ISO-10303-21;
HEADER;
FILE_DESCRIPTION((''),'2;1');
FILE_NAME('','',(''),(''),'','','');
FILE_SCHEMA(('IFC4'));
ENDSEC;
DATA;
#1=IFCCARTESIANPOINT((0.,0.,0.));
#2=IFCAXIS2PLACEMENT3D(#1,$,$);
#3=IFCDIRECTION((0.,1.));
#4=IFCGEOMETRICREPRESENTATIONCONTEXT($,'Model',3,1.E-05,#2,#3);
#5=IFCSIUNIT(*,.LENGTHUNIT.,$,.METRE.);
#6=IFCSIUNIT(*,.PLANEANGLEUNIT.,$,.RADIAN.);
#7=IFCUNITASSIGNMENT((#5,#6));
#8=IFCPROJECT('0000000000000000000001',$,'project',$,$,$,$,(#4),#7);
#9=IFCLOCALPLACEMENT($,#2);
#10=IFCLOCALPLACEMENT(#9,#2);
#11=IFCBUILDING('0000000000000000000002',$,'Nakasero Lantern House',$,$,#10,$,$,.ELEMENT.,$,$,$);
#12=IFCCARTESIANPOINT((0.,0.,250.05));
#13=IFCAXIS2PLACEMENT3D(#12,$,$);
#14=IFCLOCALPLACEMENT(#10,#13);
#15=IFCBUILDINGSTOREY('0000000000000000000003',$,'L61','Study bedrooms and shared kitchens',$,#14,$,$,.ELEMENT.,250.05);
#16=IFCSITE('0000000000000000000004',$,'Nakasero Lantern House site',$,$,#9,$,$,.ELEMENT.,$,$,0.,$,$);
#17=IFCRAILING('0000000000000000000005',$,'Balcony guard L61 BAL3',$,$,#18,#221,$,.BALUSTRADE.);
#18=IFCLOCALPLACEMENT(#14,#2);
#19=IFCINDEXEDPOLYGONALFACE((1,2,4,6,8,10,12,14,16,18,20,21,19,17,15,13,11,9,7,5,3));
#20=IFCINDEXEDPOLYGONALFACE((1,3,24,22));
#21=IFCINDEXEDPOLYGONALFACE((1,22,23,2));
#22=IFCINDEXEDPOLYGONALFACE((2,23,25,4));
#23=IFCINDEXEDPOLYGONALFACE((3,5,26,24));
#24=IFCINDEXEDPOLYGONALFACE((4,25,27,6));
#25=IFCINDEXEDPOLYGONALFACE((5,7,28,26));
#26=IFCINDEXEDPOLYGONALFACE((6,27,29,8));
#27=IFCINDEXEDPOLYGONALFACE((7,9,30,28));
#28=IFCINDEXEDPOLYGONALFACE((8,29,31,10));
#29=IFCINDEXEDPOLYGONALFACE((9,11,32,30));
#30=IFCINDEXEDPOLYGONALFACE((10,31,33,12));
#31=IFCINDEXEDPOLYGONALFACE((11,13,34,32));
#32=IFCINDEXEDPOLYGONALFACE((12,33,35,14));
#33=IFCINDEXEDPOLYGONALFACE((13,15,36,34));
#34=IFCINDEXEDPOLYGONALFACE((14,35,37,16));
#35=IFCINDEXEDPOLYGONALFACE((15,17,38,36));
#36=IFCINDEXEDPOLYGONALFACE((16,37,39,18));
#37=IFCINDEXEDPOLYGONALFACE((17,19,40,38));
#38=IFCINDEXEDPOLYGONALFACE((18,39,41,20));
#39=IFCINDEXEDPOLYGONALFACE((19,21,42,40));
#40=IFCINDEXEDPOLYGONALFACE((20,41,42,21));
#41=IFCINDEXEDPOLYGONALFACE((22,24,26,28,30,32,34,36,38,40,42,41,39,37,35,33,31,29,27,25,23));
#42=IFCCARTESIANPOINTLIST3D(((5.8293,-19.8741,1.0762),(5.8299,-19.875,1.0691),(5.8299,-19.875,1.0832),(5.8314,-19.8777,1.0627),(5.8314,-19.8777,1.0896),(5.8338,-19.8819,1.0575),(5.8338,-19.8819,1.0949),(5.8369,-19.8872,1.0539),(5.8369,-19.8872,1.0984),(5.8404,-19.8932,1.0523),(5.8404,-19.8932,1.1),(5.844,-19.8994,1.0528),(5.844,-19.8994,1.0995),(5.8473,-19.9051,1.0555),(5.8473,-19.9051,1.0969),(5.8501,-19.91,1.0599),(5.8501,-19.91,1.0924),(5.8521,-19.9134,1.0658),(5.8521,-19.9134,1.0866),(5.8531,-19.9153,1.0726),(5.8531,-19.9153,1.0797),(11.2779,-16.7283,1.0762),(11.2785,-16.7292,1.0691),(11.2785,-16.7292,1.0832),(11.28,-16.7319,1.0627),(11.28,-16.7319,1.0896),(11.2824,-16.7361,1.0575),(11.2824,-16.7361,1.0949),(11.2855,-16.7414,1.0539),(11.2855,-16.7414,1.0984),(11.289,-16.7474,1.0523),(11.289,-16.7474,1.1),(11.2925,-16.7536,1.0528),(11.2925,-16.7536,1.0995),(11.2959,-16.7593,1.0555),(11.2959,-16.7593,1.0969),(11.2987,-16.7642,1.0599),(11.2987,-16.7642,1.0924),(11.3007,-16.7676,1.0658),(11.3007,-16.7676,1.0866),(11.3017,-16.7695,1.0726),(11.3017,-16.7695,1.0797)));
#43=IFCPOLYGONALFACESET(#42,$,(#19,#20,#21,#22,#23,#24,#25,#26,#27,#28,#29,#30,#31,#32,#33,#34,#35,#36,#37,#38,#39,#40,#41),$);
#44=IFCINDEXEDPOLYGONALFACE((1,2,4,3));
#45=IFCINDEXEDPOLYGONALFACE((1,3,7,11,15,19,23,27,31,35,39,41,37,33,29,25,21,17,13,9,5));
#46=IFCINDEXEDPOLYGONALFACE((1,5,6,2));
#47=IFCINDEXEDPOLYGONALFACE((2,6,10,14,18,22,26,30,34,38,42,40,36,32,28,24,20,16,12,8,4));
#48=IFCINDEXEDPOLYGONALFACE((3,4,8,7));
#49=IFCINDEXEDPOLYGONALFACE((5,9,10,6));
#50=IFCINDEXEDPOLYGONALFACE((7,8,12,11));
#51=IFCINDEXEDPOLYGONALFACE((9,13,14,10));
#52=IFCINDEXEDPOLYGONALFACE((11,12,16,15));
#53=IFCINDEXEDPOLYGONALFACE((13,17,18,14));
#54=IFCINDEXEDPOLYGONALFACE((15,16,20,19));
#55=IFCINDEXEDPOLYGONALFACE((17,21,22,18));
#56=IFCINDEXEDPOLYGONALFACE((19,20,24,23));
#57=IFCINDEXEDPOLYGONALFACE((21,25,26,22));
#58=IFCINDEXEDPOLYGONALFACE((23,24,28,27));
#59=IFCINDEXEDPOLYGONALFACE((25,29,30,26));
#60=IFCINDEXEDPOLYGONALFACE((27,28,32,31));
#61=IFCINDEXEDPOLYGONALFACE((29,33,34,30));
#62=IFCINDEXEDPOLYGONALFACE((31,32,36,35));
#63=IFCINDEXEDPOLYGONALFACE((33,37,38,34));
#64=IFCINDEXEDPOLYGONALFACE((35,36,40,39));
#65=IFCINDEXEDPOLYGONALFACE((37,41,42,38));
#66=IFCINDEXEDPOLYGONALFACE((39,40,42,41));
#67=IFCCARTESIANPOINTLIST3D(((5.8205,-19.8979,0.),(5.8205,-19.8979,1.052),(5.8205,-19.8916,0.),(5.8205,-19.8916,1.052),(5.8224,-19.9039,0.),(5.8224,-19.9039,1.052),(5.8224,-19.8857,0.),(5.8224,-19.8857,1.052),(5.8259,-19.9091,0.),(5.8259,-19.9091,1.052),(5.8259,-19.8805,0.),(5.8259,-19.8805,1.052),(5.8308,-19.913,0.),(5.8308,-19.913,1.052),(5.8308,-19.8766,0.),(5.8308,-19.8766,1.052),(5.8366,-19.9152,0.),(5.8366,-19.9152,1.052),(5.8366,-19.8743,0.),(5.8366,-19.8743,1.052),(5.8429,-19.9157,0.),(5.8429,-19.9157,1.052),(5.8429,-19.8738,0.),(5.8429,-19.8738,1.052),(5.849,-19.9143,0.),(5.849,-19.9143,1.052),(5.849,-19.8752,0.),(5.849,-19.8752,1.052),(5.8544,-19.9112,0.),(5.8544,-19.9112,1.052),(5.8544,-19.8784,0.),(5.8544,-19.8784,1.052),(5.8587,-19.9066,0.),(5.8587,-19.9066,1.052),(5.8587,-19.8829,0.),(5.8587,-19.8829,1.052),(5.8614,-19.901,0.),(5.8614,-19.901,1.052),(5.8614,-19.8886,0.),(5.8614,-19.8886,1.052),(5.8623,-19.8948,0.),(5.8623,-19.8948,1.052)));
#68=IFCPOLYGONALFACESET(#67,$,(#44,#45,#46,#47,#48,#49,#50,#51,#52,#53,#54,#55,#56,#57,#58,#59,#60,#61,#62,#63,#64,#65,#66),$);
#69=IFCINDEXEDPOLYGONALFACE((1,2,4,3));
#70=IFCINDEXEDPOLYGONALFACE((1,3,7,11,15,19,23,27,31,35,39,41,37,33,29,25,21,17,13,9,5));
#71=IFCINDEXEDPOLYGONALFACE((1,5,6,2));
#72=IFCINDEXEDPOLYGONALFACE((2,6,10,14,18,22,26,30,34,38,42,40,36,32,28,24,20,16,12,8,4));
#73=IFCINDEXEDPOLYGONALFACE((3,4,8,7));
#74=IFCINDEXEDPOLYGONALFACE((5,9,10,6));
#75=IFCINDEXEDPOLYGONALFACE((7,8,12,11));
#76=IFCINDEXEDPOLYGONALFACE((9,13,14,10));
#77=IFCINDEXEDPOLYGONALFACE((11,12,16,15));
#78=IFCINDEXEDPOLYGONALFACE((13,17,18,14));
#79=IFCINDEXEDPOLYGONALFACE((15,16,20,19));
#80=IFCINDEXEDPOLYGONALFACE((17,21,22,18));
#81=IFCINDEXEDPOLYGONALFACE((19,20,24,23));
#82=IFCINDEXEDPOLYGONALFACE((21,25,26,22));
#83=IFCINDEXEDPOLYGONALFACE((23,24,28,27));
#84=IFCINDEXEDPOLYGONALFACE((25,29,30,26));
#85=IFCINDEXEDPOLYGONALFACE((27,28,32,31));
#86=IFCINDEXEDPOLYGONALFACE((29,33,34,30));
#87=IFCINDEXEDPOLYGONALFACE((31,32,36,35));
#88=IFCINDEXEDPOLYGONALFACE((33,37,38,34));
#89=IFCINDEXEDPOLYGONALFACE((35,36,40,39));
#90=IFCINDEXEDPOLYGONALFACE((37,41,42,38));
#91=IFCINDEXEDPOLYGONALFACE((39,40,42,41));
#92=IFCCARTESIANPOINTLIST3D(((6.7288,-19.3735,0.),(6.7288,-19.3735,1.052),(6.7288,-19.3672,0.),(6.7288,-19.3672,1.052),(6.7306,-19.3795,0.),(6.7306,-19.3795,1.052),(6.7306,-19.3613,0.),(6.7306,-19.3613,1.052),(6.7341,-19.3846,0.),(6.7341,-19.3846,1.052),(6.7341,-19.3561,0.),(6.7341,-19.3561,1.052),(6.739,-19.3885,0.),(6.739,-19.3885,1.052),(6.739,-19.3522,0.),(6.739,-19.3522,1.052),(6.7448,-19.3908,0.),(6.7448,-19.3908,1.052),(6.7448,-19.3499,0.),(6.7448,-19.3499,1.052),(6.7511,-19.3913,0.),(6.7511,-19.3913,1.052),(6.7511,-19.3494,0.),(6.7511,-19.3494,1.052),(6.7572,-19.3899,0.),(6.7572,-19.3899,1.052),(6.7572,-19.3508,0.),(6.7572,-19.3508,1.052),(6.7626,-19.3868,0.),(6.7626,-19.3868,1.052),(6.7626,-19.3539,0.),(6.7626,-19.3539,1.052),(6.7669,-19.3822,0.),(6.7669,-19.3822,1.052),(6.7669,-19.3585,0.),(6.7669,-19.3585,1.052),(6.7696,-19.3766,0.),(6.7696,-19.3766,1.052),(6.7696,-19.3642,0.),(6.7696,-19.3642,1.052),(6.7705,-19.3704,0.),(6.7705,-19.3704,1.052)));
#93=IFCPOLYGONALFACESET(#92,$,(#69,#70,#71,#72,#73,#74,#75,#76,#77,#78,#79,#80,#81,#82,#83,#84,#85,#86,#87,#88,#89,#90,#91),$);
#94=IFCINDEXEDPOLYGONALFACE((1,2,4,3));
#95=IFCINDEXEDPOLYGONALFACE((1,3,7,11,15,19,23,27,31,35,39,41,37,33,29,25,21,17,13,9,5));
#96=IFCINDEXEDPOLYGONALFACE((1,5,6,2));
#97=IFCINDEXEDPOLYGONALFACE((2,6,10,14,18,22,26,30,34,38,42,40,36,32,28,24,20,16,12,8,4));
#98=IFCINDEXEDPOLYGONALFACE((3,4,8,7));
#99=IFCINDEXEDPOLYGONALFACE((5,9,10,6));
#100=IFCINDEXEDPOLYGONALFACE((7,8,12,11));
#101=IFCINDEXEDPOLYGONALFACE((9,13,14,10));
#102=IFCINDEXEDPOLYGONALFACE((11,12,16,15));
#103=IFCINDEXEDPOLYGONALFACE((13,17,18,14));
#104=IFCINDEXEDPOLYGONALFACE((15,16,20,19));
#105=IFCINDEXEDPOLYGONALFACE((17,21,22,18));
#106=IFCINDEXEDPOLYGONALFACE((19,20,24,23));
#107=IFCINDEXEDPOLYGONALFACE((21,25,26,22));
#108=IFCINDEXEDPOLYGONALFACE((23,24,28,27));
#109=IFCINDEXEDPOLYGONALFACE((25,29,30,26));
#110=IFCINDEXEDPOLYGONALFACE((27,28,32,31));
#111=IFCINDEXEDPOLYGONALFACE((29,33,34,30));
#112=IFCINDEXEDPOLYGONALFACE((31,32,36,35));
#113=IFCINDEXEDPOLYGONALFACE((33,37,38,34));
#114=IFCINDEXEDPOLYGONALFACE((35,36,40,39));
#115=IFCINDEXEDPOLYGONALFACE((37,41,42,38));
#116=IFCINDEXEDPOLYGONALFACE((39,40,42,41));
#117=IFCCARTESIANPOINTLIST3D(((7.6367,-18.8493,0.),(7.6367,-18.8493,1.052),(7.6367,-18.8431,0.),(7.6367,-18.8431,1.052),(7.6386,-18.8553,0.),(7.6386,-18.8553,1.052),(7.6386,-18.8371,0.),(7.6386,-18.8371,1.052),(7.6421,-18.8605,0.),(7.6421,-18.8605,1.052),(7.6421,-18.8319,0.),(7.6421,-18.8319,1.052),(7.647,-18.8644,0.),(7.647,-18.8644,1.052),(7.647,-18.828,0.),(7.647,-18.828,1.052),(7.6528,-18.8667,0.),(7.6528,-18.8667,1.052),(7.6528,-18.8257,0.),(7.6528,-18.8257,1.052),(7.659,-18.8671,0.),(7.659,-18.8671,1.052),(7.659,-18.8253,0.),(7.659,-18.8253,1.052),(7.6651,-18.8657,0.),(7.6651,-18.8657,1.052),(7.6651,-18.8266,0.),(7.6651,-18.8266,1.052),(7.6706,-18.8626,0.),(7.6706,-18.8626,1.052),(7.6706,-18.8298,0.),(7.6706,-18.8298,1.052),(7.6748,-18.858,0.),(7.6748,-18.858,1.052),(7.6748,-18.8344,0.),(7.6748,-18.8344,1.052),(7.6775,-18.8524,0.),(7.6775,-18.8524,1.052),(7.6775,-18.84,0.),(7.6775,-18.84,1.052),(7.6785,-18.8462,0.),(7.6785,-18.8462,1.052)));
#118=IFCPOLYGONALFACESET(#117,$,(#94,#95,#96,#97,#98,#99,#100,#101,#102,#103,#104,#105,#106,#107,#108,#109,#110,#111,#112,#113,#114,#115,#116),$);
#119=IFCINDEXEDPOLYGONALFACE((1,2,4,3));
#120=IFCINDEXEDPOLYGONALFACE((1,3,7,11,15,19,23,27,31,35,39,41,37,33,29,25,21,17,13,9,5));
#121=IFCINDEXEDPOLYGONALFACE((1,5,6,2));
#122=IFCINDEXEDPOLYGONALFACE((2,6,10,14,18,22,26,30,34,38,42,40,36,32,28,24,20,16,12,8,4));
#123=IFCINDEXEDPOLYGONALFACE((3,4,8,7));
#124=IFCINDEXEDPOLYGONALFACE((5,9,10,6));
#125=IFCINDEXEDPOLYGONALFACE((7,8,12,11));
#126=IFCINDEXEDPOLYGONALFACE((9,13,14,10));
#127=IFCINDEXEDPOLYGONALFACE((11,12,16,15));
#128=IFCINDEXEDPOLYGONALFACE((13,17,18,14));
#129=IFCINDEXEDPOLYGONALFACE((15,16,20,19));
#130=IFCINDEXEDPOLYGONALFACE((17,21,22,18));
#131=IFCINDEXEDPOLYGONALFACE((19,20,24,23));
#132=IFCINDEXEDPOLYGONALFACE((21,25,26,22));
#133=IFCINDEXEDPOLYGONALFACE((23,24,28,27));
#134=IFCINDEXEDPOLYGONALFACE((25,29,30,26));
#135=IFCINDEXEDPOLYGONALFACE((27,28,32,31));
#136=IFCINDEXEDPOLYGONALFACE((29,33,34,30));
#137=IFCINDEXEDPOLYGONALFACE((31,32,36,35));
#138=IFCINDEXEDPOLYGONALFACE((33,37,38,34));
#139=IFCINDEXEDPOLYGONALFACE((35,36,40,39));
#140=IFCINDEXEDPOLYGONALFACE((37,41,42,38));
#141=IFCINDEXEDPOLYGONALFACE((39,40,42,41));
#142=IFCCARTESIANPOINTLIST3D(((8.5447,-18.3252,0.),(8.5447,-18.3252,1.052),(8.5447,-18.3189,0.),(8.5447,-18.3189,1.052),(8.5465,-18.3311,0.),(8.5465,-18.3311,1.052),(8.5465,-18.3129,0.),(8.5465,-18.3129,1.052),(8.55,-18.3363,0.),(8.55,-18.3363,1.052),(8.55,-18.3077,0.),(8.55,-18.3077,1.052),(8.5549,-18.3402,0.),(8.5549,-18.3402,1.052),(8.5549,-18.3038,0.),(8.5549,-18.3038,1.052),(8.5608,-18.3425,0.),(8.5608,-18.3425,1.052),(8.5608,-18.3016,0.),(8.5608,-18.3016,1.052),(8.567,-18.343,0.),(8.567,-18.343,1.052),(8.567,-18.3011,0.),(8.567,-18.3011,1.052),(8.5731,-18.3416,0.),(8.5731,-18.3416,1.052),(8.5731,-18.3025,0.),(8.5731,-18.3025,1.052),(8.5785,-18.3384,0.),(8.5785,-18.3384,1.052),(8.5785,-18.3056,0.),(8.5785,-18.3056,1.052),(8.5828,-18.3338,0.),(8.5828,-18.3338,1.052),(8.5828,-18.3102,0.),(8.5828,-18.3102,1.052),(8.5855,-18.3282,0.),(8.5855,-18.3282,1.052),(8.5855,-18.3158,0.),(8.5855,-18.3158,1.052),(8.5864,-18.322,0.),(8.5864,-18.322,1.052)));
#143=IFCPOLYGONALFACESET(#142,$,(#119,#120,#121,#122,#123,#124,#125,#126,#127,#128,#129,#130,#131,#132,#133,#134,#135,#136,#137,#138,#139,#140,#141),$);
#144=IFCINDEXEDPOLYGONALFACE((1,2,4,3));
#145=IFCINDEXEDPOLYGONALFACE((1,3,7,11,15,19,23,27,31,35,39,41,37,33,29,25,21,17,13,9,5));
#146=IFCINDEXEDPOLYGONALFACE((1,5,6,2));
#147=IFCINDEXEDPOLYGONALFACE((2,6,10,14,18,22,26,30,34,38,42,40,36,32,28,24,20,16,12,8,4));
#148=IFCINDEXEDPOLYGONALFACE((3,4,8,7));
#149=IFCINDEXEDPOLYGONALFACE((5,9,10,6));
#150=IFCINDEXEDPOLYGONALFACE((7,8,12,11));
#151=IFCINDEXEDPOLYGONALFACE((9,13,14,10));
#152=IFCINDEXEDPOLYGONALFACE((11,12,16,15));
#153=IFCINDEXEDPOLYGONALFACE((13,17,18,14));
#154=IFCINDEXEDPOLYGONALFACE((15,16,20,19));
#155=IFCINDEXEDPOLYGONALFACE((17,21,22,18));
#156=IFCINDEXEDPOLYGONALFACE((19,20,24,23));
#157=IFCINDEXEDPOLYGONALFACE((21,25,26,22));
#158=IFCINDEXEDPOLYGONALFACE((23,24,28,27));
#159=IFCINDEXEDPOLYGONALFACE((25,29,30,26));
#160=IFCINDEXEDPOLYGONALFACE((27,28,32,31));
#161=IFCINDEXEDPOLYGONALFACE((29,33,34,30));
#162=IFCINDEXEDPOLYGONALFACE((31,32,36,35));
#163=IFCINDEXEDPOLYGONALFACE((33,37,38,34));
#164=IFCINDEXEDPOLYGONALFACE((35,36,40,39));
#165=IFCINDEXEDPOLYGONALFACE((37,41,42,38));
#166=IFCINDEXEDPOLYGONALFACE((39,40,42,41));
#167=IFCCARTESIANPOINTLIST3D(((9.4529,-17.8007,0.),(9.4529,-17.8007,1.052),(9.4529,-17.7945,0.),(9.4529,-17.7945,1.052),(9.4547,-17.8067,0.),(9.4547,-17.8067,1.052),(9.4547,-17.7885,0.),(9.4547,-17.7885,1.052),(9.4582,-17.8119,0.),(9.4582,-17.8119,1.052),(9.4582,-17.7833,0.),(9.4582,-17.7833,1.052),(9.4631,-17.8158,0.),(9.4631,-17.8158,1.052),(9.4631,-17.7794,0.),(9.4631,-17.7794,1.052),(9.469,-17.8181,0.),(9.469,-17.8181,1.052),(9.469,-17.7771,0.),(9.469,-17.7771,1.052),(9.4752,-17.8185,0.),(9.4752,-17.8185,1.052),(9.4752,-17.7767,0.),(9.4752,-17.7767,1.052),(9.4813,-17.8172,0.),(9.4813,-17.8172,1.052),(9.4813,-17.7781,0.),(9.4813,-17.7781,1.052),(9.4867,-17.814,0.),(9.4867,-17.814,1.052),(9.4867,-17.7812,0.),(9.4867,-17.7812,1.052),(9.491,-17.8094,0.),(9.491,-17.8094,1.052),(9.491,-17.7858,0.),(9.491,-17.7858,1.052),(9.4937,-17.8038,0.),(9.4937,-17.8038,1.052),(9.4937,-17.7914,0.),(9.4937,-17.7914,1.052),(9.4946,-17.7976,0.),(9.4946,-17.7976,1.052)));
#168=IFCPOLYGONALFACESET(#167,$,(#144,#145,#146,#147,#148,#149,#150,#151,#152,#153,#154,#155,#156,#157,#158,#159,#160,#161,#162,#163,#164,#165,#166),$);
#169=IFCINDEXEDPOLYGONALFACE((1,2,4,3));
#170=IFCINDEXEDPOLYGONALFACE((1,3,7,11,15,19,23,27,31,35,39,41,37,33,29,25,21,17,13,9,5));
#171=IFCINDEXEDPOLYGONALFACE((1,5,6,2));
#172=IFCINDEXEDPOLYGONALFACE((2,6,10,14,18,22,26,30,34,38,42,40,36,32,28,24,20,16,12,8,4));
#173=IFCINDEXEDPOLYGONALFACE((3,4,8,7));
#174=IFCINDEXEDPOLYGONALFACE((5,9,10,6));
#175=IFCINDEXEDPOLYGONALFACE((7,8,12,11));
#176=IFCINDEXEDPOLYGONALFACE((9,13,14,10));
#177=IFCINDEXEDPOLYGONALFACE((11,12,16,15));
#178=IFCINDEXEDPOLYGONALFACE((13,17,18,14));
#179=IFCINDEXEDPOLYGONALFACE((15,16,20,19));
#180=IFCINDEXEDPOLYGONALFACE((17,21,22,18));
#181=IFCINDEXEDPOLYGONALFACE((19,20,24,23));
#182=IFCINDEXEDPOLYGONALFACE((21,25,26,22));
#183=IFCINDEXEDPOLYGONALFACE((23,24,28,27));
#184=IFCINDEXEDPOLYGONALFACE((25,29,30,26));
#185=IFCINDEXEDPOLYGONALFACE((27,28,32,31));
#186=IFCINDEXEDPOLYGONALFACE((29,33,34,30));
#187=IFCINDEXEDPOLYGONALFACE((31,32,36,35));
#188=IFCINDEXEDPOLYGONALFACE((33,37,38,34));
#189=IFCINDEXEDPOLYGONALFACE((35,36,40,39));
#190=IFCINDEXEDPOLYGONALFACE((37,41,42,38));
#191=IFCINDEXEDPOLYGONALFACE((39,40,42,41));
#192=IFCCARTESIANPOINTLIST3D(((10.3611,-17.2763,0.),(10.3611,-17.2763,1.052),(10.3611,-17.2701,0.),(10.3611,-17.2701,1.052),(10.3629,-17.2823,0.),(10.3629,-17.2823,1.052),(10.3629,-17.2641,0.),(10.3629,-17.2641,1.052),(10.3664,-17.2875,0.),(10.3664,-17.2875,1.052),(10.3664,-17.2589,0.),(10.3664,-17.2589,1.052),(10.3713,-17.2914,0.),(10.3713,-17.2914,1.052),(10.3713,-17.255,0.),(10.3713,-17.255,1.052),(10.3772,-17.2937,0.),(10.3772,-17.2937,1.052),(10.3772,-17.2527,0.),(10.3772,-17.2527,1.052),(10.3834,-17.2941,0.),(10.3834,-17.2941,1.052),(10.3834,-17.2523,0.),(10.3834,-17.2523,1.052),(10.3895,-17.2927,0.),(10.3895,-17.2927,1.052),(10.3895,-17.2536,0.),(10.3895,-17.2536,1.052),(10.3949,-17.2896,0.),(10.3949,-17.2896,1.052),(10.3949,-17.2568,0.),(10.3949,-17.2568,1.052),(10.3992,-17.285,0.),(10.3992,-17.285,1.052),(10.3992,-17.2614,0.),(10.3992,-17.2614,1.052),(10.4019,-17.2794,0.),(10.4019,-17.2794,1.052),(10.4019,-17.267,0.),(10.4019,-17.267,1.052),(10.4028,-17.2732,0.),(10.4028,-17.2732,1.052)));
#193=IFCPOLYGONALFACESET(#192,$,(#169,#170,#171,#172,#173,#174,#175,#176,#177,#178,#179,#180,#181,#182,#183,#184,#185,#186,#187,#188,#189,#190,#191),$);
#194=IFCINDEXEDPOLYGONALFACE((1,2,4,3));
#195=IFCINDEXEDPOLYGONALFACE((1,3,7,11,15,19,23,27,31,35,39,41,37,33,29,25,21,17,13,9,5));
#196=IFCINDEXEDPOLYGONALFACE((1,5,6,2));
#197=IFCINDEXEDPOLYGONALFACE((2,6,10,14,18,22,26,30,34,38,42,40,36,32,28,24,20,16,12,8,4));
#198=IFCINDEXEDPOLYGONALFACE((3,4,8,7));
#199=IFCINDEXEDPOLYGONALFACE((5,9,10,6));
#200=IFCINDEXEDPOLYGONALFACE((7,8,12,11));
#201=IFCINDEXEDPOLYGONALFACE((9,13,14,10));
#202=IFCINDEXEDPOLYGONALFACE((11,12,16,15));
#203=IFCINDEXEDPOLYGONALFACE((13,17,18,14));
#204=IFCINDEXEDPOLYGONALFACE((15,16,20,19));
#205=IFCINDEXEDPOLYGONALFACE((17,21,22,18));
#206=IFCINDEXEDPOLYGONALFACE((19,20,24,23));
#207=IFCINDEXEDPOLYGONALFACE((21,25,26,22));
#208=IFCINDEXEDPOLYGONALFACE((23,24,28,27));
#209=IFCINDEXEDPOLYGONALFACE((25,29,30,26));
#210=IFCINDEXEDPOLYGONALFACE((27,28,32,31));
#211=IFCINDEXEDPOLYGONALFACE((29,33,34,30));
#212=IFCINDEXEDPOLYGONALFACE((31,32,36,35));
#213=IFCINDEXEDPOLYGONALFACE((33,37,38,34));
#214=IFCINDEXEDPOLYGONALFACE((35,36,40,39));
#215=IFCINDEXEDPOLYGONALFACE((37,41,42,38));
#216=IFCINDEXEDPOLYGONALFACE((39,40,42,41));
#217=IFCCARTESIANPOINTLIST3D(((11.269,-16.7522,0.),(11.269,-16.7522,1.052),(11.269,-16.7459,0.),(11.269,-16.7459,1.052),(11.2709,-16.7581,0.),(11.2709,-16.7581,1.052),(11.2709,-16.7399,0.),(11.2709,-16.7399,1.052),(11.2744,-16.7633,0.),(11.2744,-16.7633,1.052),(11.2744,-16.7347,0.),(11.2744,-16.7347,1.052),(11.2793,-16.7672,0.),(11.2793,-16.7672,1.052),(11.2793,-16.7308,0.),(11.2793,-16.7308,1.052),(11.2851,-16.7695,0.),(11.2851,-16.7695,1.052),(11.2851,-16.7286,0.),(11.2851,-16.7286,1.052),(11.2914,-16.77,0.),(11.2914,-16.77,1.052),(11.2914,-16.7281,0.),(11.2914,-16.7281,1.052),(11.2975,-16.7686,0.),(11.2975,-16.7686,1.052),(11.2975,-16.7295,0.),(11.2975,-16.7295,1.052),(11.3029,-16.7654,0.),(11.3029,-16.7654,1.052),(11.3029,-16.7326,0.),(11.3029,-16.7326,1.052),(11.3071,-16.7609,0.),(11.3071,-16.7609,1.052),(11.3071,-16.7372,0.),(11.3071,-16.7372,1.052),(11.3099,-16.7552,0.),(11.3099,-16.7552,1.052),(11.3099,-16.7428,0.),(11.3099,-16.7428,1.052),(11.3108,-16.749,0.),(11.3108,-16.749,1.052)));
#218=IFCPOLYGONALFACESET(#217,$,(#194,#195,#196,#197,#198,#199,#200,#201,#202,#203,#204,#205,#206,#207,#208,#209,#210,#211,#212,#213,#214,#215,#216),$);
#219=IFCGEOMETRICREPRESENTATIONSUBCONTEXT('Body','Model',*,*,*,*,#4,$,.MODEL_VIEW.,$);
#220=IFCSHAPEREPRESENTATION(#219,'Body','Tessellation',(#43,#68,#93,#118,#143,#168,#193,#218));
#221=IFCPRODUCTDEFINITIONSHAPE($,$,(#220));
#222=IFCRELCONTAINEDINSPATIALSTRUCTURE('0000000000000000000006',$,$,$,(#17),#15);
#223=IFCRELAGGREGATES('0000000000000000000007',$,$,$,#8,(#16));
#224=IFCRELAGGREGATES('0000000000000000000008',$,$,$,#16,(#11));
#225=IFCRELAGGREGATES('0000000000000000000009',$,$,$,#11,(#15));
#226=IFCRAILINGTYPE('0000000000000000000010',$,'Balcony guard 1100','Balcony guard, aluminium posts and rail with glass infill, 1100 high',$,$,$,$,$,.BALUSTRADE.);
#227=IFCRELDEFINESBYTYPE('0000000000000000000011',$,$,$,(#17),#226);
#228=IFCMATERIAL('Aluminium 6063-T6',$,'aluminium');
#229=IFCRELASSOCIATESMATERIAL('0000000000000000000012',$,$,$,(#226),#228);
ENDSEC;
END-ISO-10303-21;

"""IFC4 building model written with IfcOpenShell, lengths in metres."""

from ifc_helpers import new_model, si_unit, direction, frame, origin, origin_2d, place, context, subcontext, project, spatial, circle, extrude, material, type_object, element, save


model = new_model("IFC4")

# Units and contexts
model_context = context("Model", 3, precision=1e-05, world=origin(), true_north=direction((0.0, 1.0)))
body_context = subcontext(model_context, "Body", "Model", "MODEL_VIEW")
ifc_project = project(units=[si_unit("LENGTHUNIT", "METRE"), si_unit("PLANEANGLEUNIT", "RADIAN")], contexts=[model_context])

# Site, building, storey
site_placement = place(None, origin())
site = spatial("IfcSite", under=ifc_project, at=site_placement, Name="Nakasero Lantern House site", CompositionType="ELEMENT", RefElevation=0.0)
building_placement = place(site_placement, origin())
building = spatial("IfcBuilding", under=site, at=building_placement, Name="Nakasero Lantern House", CompositionType="ELEMENT")
storey_placement = place(building_placement, frame((0.0, 0.0, 250.05)))
storey = spatial("IfcBuildingStorey", under=building, at=storey_placement, Name="L61", Description="Study bedrooms and shared kitchens", CompositionType="ELEMENT", Elevation=250.05)

# Railing
ifc_material_1 = material(Name="Aluminium 6063-T6", Category="aluminium")
railing_type = type_object("IfcRailingType", Name="Balcony guard 1100", Description="Balcony guard, aluminium posts and rail with glass infill, 1100 high", PredefinedType="BALUSTRADE", material=ifc_material_1)
railing_placement = place(storey_placement, frame((5.8413, -19.8948, 0.0)))
element("IfcRailing", 1, at=railing_placement, inside=storey, type_object=railing_type, Name="Balcony guard L61 BAL3", PredefinedType="BALUSTRADE", context=body_context, shape_type="SweptSolid", body=[
    extrude(circle(Radius=0.0239, at=origin_2d()), frame((0.0, 0.0, 1.0762), z_axis=(0.866021, 0.500008, 0.0), x_axis=(-0.500008, 0.866021, 0.0)), (0.0, 0.0, 1.0), 6.2915),
    extrude(circle(Radius=0.021, at=origin_2d()), origin(), (0.0, 0.0, 1.0), 1.052),
    extrude(circle(Radius=0.021, at=origin_2d()), frame((0.9082, 0.5244, 0.0)), (0.0, 0.0, 1.0), 1.052),
    extrude(circle(Radius=0.021, at=origin_2d()), frame((1.8162, 1.0486, 0.0)), (0.0, 0.0, 1.0), 1.052),
    extrude(circle(Radius=0.021, at=origin_2d()), frame((2.7241, 1.5728, 0.0)), (0.0, 0.0, 1.0), 1.052),
    extrude(circle(Radius=0.021, at=origin_2d()), frame((3.6323, 2.0972, 0.0)), (0.0, 0.0, 1.0), 1.052),
    extrude(circle(Radius=0.021, at=origin_2d()), frame((4.5405, 2.6216, 0.0)), (0.0, 0.0, 1.0), 1.052),
    extrude(circle(Radius=0.021, at=origin_2d()), frame((5.4485, 3.1458, 0.0)), (0.0, 0.0, 1.0), 1.052),
])

save(model, "model.ifc")
